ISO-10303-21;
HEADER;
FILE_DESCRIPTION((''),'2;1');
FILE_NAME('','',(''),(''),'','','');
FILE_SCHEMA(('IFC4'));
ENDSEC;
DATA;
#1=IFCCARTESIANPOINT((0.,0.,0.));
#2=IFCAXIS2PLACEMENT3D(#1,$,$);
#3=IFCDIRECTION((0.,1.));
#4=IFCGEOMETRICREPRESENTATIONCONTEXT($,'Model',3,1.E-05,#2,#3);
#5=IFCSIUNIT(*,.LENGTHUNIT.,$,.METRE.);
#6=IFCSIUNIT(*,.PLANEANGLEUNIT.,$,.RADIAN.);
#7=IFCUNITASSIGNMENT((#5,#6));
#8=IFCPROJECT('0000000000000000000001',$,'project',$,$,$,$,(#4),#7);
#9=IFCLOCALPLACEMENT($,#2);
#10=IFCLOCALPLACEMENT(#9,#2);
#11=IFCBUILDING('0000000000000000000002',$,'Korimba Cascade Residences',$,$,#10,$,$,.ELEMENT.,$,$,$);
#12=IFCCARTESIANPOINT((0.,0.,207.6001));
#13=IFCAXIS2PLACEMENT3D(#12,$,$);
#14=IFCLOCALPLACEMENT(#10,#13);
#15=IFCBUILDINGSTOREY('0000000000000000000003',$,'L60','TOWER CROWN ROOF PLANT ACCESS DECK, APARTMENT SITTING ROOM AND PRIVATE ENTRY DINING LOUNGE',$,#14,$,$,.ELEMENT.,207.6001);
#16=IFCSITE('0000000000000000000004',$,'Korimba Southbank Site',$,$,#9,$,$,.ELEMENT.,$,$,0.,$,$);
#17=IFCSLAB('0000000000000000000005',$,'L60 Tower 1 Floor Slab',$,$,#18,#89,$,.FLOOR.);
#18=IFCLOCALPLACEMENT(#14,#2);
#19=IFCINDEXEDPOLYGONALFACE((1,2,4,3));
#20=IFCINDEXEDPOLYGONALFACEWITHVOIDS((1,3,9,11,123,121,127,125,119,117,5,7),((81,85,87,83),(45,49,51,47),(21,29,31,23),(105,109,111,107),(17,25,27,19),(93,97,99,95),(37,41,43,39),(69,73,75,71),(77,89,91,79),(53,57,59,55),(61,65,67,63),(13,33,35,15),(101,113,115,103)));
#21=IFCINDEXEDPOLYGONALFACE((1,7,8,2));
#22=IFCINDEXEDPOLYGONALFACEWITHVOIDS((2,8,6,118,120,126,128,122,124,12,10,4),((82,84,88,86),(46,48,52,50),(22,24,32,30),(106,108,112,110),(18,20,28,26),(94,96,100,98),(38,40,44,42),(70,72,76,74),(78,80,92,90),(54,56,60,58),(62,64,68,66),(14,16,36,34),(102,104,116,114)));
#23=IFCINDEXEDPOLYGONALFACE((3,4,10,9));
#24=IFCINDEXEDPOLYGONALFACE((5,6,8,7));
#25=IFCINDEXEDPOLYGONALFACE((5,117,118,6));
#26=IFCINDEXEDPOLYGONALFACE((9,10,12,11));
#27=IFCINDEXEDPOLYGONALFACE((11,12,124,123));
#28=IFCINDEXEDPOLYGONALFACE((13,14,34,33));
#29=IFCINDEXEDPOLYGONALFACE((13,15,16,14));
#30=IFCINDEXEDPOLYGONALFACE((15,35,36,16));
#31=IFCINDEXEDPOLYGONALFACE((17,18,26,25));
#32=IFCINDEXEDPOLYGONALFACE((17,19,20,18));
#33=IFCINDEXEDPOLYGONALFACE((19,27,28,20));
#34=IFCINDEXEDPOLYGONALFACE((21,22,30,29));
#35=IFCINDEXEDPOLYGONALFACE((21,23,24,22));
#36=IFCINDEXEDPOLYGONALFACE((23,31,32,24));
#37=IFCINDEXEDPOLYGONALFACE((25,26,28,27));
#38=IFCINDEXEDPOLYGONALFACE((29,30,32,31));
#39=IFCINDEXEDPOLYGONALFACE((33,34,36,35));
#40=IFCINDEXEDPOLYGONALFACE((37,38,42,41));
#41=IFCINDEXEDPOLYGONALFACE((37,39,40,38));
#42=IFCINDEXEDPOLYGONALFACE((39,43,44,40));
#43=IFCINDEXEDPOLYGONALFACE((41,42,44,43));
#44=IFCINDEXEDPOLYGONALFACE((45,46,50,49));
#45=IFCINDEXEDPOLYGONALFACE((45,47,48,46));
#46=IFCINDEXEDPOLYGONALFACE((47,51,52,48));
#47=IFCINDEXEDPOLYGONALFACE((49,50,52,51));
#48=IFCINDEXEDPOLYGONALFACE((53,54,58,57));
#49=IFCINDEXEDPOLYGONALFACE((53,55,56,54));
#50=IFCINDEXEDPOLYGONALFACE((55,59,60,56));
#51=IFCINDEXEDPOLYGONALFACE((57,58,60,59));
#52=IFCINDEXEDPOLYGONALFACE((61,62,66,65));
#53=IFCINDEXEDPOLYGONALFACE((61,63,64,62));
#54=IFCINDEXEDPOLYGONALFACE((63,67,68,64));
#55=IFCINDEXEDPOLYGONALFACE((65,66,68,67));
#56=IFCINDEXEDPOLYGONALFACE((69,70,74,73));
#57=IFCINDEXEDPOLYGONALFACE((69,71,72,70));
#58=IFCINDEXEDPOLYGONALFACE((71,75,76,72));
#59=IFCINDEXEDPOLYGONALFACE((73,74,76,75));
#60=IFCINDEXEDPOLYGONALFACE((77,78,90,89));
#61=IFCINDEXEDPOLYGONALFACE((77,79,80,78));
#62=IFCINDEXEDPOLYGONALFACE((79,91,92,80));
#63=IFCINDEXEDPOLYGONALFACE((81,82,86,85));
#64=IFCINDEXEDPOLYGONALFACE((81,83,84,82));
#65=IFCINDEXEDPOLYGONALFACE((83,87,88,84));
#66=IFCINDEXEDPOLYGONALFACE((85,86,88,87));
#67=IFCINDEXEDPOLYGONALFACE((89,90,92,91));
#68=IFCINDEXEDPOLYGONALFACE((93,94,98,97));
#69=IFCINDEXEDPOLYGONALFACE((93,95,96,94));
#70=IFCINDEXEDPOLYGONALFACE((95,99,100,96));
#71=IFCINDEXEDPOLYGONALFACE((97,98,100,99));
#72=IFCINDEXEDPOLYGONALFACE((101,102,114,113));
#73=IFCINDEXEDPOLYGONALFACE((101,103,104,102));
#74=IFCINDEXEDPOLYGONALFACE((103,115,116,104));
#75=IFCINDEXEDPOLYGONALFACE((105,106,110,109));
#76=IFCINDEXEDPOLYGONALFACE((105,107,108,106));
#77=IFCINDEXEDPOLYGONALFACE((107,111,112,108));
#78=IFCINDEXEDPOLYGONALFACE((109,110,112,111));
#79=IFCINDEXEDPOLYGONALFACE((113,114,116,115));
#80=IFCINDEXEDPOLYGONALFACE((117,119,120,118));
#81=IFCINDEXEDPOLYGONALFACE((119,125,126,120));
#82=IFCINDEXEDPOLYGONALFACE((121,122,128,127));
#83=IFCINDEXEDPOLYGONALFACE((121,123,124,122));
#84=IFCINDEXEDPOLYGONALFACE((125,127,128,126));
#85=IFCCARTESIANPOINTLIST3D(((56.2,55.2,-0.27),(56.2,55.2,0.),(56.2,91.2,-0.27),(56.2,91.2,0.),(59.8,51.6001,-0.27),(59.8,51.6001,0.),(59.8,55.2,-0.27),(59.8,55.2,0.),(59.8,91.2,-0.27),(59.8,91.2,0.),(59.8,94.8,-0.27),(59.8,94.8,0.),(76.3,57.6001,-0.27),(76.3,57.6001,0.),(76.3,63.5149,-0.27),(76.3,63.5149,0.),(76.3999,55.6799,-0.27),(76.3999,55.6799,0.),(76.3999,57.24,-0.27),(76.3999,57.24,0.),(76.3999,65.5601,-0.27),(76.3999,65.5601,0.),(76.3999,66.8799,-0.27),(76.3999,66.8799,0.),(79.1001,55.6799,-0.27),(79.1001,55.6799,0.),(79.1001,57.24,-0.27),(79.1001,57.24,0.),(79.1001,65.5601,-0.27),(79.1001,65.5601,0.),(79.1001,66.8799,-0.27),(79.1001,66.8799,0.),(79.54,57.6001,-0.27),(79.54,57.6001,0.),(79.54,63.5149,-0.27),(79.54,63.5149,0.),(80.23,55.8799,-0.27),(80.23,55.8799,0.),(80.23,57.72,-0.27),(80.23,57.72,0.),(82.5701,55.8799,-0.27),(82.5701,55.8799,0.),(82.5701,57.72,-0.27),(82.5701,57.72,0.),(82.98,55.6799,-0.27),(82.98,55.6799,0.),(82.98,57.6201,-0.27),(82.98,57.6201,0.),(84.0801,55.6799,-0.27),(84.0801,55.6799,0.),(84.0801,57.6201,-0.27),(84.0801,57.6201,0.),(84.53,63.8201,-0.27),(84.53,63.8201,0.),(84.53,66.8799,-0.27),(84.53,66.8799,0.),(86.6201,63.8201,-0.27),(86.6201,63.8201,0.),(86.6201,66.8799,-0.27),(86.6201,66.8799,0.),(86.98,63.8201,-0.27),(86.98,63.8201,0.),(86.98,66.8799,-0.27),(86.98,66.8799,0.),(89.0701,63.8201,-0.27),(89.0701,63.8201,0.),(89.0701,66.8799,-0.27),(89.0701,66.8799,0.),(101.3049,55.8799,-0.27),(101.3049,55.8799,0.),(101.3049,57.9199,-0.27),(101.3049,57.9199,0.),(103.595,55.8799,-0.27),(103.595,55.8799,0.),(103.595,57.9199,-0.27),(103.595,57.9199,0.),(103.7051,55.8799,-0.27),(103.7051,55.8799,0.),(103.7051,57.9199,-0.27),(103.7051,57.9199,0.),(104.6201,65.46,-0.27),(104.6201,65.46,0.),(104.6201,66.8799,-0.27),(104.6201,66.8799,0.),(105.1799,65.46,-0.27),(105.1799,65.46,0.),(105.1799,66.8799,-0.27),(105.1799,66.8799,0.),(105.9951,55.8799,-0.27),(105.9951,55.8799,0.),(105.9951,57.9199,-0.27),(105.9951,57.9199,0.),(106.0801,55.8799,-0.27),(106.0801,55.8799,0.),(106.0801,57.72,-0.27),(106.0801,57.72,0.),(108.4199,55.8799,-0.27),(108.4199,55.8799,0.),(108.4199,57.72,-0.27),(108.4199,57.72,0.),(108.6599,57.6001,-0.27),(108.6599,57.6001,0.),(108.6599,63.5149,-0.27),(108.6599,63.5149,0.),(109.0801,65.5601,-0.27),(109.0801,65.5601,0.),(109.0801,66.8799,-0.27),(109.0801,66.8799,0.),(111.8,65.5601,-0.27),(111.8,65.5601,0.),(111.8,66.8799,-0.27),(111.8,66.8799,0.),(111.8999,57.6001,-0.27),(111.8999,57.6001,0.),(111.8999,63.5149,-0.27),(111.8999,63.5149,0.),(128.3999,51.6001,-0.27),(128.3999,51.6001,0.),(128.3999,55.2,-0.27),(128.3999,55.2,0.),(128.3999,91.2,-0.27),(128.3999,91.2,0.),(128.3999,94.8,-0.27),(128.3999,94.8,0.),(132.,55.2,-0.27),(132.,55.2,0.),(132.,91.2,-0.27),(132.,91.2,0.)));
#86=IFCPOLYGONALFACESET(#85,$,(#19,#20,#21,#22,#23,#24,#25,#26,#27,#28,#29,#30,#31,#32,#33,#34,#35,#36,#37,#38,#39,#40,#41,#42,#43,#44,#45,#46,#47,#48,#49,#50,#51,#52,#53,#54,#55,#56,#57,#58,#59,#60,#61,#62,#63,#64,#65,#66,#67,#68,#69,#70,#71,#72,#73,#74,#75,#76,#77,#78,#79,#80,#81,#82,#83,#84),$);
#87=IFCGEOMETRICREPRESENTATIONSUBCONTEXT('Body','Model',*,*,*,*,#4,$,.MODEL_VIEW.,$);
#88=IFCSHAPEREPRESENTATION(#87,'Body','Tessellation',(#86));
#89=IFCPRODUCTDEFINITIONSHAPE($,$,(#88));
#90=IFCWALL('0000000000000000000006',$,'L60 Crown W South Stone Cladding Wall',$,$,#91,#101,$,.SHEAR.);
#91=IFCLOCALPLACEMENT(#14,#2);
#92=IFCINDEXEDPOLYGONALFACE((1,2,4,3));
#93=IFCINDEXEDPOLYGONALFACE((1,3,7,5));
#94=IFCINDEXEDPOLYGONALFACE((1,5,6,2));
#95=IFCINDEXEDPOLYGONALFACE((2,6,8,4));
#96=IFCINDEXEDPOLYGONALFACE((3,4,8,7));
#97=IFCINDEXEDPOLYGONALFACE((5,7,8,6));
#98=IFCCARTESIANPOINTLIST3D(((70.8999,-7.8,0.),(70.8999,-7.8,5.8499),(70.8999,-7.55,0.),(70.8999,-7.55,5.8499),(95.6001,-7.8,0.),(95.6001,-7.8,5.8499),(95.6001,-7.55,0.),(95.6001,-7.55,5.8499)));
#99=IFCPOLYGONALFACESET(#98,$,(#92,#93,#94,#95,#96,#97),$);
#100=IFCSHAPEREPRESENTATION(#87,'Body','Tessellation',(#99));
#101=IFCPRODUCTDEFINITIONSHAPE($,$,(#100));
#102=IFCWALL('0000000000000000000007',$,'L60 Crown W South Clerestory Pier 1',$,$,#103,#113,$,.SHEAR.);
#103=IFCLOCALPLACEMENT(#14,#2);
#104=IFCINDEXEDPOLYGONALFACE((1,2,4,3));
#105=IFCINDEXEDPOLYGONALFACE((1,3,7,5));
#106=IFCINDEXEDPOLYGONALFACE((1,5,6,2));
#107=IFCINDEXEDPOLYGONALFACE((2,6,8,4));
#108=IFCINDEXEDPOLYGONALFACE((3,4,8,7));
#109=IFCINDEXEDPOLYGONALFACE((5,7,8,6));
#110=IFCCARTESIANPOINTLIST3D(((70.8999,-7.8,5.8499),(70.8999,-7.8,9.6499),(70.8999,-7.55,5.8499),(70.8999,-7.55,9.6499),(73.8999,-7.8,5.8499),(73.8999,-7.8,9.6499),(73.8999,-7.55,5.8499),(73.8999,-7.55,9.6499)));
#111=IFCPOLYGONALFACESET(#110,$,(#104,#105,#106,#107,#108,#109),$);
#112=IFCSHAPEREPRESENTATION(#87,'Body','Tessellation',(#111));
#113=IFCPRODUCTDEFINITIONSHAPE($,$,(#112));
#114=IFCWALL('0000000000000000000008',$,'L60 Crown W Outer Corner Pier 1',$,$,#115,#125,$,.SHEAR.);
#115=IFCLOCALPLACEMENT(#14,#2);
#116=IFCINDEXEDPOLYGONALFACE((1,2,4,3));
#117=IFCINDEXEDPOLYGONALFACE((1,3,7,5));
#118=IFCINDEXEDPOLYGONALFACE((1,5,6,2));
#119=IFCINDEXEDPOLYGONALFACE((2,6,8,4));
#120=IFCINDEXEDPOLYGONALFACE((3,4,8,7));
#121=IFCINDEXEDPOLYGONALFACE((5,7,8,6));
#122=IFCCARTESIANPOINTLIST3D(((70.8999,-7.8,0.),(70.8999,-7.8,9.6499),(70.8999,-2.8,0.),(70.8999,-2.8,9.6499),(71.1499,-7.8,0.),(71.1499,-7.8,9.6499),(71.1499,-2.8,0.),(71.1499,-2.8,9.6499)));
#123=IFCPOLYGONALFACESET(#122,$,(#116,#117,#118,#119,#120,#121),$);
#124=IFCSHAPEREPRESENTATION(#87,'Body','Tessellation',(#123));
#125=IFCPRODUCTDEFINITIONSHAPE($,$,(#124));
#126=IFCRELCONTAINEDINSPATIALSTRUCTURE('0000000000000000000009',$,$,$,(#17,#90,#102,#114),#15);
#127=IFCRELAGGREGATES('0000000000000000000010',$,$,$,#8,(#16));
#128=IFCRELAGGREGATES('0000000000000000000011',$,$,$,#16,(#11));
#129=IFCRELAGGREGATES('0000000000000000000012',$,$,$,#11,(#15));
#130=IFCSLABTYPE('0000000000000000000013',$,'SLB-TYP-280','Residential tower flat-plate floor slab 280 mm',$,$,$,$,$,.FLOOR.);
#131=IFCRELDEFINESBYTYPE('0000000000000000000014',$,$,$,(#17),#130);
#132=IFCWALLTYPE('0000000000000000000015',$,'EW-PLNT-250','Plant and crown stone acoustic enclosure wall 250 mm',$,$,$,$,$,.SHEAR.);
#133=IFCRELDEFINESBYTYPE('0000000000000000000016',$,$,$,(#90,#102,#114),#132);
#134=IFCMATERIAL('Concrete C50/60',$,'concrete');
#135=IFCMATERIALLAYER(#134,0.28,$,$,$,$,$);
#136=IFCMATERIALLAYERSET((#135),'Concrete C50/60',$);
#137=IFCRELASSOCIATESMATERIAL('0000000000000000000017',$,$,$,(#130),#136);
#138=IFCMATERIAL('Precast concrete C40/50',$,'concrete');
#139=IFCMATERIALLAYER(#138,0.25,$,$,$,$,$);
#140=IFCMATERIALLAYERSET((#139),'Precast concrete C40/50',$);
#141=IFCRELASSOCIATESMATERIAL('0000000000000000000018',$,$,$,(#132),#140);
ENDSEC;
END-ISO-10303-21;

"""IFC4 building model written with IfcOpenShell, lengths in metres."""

from ifc_helpers import new_model, si_unit, direction, frame, frame_2d, origin, place, context, subcontext, project, spatial, polyline, rectangle, outline, extrude, material, layer, layer_set, type_object, element, save


model = new_model("IFC4")

# Units and contexts
model_context = context("Model", 3, precision=1e-05, world=origin(), true_north=direction((0.0, 1.0)))
body_context = subcontext(model_context, "Body", "Model", "MODEL_VIEW")
ifc_project = project(units=[si_unit("LENGTHUNIT", "METRE"), si_unit("PLANEANGLEUNIT", "RADIAN")], contexts=[model_context])

# Site, building, storey
site_placement = place(None, origin())
site = spatial("IfcSite", under=ifc_project, at=site_placement, Name="Korimba Southbank Site", CompositionType="ELEMENT", RefElevation=0.0)
building_placement = place(site_placement, origin())
building = spatial("IfcBuilding", under=site, at=building_placement, Name="Korimba Cascade Residences", CompositionType="ELEMENT")
storey_placement = place(building_placement, frame((0.0, 0.0, 207.6001)))
storey = spatial("IfcBuildingStorey", under=building, at=storey_placement, Name="L60", Description="TOWER CROWN ROOF PLANT ACCESS DECK, APARTMENT SITTING ROOM AND PRIVATE ENTRY DINING LOUNGE", CompositionType="ELEMENT", Elevation=207.6001)

# Shared definitions
ifc_material_1 = material(Name="Concrete C50/60", Category="concrete")

# Slab
ifc_material_2 = material(Name="Precast concrete C40/50", Category="concrete")
ifc_layer_1 = layer(ifc_material_1, 0.28)
ifc_layer_set_1 = layer_set([ifc_layer_1], Name="Concrete C50/60")
slab_type_1 = type_object("IfcSlabType", Name="SLB-TYP-280", Description="Residential tower flat-plate floor slab 280 mm", PredefinedType="FLOOR", material=ifc_layer_set_1)
slab_1_placement = place(storey_placement, frame((0.0, 0.0, -0.27)))
element("IfcSlab", 1, at=slab_1_placement, inside=storey, type_object=slab_type_1, Name="L60 Tower 1 Floor Slab", PredefinedType="FLOOR", context=body_context, shape_type="SweptSolid", body=[
    extrude(outline(polyline([(59.8, 51.6001), (128.3999, 51.6001), (128.3999, 55.2), (132.0, 55.2), (132.0, 91.2), (128.3999, 91.2), (128.3999, 94.8), (59.8, 94.8), (59.8, 91.2), (56.2, 91.2), (56.2, 55.2), (59.8, 55.2), (59.8, 51.6001)]), holes=[polyline([(76.3, 63.5149), (76.3, 57.6001), (79.54, 57.6001), (79.54, 63.5149), (76.3, 63.5149)]), polyline([(108.6599, 63.5149), (108.6599, 57.6001), (111.8999, 57.6001), (111.8999, 63.5149), (108.6599, 63.5149)]), polyline([(80.23, 55.8799), (82.5701, 55.8799), (82.5701, 57.72), (80.23, 57.72), (80.23, 55.8799)]), polyline([(106.0801, 55.8799), (108.4199, 55.8799), (108.4199, 57.72), (106.0801, 57.72), (106.0801, 55.8799)]), polyline([(101.3049, 55.8799), (103.595, 55.8799), (103.595, 57.9199), (101.3049, 57.9199), (101.3049, 55.8799)]), polyline([(103.7051, 55.8799), (105.9951, 55.8799), (105.9951, 57.9199), (103.7051, 57.9199), (103.7051, 55.8799)]), polyline([(82.98, 55.6799), (84.0801, 55.6799), (84.0801, 57.6201), (82.98, 57.6201), (82.98, 55.6799)]), polyline([(76.3999, 65.5601), (79.1001, 65.5601), (79.1001, 66.8799), (76.3999, 66.8799), (76.3999, 65.5601)]), polyline([(76.3999, 55.6799), (79.1001, 55.6799), (79.1001, 57.24), (76.3999, 57.24), (76.3999, 55.6799)]), polyline([(84.53, 63.8201), (86.6201, 63.8201), (86.6201, 66.8799), (84.53, 66.8799), (84.53, 63.8201)]), polyline([(86.98, 63.8201), (89.0701, 63.8201), (89.0701, 66.8799), (86.98, 66.8799), (86.98, 63.8201)]), polyline([(104.6201, 65.46), (105.1799, 65.46), (105.1799, 66.8799), (104.6201, 66.8799), (104.6201, 65.46)]), polyline([(109.0801, 65.5601), (111.8, 65.5601), (111.8, 66.8799), (109.0801, 66.8799), (109.0801, 65.5601)])]), origin(), (0.0, 0.0, 1.0), 0.27),
])

# Walls
ifc_layer_2 = layer(ifc_material_2, 0.25)
ifc_layer_set_2 = layer_set([ifc_layer_2], Name="Precast concrete C40/50")
wall_type = type_object("IfcWallType", Name="EW-PLNT-250", Description="Plant and crown stone acoustic enclosure wall 250 mm", PredefinedType="SHEAR", material=ifc_layer_set_2)
wall_1_placement = place(storey_placement, frame((70.8999, -7.675, 0.0), z_axis=(0.0, 0.0, 1.0), x_axis=(1.0, 0.0, 0.0)))
element("IfcWall", 2, at=wall_1_placement, inside=storey, type_object=wall_type, Name="L60 Crown W South Stone Cladding Wall", PredefinedType="SHEAR", context=body_context, shape_type="SweptSolid", body=[
    extrude(rectangle(XDim=24.7002, YDim=0.25, at=frame_2d((12.3501, 0.0))), origin(), (0.0, 0.0, 1.0), 5.8499),
])
wall_2_placement = place(storey_placement, frame((70.8999, -7.675, 5.8499), z_axis=(0.0, 0.0, 1.0), x_axis=(1.0, 0.0, 0.0)))
element("IfcWall", 3, at=wall_2_placement, inside=storey, type_object=wall_type, Name="L60 Crown W South Clerestory Pier 1", PredefinedType="SHEAR", context=body_context, shape_type="SweptSolid", body=[
    extrude(rectangle(XDim=3.0, YDim=0.25, at=frame_2d((1.5, 0.0))), origin(), (0.0, 0.0, 1.0), 3.8),
])
wall_3_placement = place(storey_placement, frame((71.0249, -7.8, 0.0), z_axis=(0.0, 0.0, 1.0), x_axis=(0.0, 1.0, 0.0)))
element("IfcWall", 4, at=wall_3_placement, inside=storey, type_object=wall_type, Name="L60 Crown W Outer Corner Pier 1", PredefinedType="SHEAR", context=body_context, shape_type="SweptSolid", body=[
    extrude(rectangle(XDim=5.0, YDim=0.25, at=frame_2d((2.5, 0.0))), origin(), (0.0, 0.0, 1.0), 9.6499),
])

save(model, "model.ifc")
